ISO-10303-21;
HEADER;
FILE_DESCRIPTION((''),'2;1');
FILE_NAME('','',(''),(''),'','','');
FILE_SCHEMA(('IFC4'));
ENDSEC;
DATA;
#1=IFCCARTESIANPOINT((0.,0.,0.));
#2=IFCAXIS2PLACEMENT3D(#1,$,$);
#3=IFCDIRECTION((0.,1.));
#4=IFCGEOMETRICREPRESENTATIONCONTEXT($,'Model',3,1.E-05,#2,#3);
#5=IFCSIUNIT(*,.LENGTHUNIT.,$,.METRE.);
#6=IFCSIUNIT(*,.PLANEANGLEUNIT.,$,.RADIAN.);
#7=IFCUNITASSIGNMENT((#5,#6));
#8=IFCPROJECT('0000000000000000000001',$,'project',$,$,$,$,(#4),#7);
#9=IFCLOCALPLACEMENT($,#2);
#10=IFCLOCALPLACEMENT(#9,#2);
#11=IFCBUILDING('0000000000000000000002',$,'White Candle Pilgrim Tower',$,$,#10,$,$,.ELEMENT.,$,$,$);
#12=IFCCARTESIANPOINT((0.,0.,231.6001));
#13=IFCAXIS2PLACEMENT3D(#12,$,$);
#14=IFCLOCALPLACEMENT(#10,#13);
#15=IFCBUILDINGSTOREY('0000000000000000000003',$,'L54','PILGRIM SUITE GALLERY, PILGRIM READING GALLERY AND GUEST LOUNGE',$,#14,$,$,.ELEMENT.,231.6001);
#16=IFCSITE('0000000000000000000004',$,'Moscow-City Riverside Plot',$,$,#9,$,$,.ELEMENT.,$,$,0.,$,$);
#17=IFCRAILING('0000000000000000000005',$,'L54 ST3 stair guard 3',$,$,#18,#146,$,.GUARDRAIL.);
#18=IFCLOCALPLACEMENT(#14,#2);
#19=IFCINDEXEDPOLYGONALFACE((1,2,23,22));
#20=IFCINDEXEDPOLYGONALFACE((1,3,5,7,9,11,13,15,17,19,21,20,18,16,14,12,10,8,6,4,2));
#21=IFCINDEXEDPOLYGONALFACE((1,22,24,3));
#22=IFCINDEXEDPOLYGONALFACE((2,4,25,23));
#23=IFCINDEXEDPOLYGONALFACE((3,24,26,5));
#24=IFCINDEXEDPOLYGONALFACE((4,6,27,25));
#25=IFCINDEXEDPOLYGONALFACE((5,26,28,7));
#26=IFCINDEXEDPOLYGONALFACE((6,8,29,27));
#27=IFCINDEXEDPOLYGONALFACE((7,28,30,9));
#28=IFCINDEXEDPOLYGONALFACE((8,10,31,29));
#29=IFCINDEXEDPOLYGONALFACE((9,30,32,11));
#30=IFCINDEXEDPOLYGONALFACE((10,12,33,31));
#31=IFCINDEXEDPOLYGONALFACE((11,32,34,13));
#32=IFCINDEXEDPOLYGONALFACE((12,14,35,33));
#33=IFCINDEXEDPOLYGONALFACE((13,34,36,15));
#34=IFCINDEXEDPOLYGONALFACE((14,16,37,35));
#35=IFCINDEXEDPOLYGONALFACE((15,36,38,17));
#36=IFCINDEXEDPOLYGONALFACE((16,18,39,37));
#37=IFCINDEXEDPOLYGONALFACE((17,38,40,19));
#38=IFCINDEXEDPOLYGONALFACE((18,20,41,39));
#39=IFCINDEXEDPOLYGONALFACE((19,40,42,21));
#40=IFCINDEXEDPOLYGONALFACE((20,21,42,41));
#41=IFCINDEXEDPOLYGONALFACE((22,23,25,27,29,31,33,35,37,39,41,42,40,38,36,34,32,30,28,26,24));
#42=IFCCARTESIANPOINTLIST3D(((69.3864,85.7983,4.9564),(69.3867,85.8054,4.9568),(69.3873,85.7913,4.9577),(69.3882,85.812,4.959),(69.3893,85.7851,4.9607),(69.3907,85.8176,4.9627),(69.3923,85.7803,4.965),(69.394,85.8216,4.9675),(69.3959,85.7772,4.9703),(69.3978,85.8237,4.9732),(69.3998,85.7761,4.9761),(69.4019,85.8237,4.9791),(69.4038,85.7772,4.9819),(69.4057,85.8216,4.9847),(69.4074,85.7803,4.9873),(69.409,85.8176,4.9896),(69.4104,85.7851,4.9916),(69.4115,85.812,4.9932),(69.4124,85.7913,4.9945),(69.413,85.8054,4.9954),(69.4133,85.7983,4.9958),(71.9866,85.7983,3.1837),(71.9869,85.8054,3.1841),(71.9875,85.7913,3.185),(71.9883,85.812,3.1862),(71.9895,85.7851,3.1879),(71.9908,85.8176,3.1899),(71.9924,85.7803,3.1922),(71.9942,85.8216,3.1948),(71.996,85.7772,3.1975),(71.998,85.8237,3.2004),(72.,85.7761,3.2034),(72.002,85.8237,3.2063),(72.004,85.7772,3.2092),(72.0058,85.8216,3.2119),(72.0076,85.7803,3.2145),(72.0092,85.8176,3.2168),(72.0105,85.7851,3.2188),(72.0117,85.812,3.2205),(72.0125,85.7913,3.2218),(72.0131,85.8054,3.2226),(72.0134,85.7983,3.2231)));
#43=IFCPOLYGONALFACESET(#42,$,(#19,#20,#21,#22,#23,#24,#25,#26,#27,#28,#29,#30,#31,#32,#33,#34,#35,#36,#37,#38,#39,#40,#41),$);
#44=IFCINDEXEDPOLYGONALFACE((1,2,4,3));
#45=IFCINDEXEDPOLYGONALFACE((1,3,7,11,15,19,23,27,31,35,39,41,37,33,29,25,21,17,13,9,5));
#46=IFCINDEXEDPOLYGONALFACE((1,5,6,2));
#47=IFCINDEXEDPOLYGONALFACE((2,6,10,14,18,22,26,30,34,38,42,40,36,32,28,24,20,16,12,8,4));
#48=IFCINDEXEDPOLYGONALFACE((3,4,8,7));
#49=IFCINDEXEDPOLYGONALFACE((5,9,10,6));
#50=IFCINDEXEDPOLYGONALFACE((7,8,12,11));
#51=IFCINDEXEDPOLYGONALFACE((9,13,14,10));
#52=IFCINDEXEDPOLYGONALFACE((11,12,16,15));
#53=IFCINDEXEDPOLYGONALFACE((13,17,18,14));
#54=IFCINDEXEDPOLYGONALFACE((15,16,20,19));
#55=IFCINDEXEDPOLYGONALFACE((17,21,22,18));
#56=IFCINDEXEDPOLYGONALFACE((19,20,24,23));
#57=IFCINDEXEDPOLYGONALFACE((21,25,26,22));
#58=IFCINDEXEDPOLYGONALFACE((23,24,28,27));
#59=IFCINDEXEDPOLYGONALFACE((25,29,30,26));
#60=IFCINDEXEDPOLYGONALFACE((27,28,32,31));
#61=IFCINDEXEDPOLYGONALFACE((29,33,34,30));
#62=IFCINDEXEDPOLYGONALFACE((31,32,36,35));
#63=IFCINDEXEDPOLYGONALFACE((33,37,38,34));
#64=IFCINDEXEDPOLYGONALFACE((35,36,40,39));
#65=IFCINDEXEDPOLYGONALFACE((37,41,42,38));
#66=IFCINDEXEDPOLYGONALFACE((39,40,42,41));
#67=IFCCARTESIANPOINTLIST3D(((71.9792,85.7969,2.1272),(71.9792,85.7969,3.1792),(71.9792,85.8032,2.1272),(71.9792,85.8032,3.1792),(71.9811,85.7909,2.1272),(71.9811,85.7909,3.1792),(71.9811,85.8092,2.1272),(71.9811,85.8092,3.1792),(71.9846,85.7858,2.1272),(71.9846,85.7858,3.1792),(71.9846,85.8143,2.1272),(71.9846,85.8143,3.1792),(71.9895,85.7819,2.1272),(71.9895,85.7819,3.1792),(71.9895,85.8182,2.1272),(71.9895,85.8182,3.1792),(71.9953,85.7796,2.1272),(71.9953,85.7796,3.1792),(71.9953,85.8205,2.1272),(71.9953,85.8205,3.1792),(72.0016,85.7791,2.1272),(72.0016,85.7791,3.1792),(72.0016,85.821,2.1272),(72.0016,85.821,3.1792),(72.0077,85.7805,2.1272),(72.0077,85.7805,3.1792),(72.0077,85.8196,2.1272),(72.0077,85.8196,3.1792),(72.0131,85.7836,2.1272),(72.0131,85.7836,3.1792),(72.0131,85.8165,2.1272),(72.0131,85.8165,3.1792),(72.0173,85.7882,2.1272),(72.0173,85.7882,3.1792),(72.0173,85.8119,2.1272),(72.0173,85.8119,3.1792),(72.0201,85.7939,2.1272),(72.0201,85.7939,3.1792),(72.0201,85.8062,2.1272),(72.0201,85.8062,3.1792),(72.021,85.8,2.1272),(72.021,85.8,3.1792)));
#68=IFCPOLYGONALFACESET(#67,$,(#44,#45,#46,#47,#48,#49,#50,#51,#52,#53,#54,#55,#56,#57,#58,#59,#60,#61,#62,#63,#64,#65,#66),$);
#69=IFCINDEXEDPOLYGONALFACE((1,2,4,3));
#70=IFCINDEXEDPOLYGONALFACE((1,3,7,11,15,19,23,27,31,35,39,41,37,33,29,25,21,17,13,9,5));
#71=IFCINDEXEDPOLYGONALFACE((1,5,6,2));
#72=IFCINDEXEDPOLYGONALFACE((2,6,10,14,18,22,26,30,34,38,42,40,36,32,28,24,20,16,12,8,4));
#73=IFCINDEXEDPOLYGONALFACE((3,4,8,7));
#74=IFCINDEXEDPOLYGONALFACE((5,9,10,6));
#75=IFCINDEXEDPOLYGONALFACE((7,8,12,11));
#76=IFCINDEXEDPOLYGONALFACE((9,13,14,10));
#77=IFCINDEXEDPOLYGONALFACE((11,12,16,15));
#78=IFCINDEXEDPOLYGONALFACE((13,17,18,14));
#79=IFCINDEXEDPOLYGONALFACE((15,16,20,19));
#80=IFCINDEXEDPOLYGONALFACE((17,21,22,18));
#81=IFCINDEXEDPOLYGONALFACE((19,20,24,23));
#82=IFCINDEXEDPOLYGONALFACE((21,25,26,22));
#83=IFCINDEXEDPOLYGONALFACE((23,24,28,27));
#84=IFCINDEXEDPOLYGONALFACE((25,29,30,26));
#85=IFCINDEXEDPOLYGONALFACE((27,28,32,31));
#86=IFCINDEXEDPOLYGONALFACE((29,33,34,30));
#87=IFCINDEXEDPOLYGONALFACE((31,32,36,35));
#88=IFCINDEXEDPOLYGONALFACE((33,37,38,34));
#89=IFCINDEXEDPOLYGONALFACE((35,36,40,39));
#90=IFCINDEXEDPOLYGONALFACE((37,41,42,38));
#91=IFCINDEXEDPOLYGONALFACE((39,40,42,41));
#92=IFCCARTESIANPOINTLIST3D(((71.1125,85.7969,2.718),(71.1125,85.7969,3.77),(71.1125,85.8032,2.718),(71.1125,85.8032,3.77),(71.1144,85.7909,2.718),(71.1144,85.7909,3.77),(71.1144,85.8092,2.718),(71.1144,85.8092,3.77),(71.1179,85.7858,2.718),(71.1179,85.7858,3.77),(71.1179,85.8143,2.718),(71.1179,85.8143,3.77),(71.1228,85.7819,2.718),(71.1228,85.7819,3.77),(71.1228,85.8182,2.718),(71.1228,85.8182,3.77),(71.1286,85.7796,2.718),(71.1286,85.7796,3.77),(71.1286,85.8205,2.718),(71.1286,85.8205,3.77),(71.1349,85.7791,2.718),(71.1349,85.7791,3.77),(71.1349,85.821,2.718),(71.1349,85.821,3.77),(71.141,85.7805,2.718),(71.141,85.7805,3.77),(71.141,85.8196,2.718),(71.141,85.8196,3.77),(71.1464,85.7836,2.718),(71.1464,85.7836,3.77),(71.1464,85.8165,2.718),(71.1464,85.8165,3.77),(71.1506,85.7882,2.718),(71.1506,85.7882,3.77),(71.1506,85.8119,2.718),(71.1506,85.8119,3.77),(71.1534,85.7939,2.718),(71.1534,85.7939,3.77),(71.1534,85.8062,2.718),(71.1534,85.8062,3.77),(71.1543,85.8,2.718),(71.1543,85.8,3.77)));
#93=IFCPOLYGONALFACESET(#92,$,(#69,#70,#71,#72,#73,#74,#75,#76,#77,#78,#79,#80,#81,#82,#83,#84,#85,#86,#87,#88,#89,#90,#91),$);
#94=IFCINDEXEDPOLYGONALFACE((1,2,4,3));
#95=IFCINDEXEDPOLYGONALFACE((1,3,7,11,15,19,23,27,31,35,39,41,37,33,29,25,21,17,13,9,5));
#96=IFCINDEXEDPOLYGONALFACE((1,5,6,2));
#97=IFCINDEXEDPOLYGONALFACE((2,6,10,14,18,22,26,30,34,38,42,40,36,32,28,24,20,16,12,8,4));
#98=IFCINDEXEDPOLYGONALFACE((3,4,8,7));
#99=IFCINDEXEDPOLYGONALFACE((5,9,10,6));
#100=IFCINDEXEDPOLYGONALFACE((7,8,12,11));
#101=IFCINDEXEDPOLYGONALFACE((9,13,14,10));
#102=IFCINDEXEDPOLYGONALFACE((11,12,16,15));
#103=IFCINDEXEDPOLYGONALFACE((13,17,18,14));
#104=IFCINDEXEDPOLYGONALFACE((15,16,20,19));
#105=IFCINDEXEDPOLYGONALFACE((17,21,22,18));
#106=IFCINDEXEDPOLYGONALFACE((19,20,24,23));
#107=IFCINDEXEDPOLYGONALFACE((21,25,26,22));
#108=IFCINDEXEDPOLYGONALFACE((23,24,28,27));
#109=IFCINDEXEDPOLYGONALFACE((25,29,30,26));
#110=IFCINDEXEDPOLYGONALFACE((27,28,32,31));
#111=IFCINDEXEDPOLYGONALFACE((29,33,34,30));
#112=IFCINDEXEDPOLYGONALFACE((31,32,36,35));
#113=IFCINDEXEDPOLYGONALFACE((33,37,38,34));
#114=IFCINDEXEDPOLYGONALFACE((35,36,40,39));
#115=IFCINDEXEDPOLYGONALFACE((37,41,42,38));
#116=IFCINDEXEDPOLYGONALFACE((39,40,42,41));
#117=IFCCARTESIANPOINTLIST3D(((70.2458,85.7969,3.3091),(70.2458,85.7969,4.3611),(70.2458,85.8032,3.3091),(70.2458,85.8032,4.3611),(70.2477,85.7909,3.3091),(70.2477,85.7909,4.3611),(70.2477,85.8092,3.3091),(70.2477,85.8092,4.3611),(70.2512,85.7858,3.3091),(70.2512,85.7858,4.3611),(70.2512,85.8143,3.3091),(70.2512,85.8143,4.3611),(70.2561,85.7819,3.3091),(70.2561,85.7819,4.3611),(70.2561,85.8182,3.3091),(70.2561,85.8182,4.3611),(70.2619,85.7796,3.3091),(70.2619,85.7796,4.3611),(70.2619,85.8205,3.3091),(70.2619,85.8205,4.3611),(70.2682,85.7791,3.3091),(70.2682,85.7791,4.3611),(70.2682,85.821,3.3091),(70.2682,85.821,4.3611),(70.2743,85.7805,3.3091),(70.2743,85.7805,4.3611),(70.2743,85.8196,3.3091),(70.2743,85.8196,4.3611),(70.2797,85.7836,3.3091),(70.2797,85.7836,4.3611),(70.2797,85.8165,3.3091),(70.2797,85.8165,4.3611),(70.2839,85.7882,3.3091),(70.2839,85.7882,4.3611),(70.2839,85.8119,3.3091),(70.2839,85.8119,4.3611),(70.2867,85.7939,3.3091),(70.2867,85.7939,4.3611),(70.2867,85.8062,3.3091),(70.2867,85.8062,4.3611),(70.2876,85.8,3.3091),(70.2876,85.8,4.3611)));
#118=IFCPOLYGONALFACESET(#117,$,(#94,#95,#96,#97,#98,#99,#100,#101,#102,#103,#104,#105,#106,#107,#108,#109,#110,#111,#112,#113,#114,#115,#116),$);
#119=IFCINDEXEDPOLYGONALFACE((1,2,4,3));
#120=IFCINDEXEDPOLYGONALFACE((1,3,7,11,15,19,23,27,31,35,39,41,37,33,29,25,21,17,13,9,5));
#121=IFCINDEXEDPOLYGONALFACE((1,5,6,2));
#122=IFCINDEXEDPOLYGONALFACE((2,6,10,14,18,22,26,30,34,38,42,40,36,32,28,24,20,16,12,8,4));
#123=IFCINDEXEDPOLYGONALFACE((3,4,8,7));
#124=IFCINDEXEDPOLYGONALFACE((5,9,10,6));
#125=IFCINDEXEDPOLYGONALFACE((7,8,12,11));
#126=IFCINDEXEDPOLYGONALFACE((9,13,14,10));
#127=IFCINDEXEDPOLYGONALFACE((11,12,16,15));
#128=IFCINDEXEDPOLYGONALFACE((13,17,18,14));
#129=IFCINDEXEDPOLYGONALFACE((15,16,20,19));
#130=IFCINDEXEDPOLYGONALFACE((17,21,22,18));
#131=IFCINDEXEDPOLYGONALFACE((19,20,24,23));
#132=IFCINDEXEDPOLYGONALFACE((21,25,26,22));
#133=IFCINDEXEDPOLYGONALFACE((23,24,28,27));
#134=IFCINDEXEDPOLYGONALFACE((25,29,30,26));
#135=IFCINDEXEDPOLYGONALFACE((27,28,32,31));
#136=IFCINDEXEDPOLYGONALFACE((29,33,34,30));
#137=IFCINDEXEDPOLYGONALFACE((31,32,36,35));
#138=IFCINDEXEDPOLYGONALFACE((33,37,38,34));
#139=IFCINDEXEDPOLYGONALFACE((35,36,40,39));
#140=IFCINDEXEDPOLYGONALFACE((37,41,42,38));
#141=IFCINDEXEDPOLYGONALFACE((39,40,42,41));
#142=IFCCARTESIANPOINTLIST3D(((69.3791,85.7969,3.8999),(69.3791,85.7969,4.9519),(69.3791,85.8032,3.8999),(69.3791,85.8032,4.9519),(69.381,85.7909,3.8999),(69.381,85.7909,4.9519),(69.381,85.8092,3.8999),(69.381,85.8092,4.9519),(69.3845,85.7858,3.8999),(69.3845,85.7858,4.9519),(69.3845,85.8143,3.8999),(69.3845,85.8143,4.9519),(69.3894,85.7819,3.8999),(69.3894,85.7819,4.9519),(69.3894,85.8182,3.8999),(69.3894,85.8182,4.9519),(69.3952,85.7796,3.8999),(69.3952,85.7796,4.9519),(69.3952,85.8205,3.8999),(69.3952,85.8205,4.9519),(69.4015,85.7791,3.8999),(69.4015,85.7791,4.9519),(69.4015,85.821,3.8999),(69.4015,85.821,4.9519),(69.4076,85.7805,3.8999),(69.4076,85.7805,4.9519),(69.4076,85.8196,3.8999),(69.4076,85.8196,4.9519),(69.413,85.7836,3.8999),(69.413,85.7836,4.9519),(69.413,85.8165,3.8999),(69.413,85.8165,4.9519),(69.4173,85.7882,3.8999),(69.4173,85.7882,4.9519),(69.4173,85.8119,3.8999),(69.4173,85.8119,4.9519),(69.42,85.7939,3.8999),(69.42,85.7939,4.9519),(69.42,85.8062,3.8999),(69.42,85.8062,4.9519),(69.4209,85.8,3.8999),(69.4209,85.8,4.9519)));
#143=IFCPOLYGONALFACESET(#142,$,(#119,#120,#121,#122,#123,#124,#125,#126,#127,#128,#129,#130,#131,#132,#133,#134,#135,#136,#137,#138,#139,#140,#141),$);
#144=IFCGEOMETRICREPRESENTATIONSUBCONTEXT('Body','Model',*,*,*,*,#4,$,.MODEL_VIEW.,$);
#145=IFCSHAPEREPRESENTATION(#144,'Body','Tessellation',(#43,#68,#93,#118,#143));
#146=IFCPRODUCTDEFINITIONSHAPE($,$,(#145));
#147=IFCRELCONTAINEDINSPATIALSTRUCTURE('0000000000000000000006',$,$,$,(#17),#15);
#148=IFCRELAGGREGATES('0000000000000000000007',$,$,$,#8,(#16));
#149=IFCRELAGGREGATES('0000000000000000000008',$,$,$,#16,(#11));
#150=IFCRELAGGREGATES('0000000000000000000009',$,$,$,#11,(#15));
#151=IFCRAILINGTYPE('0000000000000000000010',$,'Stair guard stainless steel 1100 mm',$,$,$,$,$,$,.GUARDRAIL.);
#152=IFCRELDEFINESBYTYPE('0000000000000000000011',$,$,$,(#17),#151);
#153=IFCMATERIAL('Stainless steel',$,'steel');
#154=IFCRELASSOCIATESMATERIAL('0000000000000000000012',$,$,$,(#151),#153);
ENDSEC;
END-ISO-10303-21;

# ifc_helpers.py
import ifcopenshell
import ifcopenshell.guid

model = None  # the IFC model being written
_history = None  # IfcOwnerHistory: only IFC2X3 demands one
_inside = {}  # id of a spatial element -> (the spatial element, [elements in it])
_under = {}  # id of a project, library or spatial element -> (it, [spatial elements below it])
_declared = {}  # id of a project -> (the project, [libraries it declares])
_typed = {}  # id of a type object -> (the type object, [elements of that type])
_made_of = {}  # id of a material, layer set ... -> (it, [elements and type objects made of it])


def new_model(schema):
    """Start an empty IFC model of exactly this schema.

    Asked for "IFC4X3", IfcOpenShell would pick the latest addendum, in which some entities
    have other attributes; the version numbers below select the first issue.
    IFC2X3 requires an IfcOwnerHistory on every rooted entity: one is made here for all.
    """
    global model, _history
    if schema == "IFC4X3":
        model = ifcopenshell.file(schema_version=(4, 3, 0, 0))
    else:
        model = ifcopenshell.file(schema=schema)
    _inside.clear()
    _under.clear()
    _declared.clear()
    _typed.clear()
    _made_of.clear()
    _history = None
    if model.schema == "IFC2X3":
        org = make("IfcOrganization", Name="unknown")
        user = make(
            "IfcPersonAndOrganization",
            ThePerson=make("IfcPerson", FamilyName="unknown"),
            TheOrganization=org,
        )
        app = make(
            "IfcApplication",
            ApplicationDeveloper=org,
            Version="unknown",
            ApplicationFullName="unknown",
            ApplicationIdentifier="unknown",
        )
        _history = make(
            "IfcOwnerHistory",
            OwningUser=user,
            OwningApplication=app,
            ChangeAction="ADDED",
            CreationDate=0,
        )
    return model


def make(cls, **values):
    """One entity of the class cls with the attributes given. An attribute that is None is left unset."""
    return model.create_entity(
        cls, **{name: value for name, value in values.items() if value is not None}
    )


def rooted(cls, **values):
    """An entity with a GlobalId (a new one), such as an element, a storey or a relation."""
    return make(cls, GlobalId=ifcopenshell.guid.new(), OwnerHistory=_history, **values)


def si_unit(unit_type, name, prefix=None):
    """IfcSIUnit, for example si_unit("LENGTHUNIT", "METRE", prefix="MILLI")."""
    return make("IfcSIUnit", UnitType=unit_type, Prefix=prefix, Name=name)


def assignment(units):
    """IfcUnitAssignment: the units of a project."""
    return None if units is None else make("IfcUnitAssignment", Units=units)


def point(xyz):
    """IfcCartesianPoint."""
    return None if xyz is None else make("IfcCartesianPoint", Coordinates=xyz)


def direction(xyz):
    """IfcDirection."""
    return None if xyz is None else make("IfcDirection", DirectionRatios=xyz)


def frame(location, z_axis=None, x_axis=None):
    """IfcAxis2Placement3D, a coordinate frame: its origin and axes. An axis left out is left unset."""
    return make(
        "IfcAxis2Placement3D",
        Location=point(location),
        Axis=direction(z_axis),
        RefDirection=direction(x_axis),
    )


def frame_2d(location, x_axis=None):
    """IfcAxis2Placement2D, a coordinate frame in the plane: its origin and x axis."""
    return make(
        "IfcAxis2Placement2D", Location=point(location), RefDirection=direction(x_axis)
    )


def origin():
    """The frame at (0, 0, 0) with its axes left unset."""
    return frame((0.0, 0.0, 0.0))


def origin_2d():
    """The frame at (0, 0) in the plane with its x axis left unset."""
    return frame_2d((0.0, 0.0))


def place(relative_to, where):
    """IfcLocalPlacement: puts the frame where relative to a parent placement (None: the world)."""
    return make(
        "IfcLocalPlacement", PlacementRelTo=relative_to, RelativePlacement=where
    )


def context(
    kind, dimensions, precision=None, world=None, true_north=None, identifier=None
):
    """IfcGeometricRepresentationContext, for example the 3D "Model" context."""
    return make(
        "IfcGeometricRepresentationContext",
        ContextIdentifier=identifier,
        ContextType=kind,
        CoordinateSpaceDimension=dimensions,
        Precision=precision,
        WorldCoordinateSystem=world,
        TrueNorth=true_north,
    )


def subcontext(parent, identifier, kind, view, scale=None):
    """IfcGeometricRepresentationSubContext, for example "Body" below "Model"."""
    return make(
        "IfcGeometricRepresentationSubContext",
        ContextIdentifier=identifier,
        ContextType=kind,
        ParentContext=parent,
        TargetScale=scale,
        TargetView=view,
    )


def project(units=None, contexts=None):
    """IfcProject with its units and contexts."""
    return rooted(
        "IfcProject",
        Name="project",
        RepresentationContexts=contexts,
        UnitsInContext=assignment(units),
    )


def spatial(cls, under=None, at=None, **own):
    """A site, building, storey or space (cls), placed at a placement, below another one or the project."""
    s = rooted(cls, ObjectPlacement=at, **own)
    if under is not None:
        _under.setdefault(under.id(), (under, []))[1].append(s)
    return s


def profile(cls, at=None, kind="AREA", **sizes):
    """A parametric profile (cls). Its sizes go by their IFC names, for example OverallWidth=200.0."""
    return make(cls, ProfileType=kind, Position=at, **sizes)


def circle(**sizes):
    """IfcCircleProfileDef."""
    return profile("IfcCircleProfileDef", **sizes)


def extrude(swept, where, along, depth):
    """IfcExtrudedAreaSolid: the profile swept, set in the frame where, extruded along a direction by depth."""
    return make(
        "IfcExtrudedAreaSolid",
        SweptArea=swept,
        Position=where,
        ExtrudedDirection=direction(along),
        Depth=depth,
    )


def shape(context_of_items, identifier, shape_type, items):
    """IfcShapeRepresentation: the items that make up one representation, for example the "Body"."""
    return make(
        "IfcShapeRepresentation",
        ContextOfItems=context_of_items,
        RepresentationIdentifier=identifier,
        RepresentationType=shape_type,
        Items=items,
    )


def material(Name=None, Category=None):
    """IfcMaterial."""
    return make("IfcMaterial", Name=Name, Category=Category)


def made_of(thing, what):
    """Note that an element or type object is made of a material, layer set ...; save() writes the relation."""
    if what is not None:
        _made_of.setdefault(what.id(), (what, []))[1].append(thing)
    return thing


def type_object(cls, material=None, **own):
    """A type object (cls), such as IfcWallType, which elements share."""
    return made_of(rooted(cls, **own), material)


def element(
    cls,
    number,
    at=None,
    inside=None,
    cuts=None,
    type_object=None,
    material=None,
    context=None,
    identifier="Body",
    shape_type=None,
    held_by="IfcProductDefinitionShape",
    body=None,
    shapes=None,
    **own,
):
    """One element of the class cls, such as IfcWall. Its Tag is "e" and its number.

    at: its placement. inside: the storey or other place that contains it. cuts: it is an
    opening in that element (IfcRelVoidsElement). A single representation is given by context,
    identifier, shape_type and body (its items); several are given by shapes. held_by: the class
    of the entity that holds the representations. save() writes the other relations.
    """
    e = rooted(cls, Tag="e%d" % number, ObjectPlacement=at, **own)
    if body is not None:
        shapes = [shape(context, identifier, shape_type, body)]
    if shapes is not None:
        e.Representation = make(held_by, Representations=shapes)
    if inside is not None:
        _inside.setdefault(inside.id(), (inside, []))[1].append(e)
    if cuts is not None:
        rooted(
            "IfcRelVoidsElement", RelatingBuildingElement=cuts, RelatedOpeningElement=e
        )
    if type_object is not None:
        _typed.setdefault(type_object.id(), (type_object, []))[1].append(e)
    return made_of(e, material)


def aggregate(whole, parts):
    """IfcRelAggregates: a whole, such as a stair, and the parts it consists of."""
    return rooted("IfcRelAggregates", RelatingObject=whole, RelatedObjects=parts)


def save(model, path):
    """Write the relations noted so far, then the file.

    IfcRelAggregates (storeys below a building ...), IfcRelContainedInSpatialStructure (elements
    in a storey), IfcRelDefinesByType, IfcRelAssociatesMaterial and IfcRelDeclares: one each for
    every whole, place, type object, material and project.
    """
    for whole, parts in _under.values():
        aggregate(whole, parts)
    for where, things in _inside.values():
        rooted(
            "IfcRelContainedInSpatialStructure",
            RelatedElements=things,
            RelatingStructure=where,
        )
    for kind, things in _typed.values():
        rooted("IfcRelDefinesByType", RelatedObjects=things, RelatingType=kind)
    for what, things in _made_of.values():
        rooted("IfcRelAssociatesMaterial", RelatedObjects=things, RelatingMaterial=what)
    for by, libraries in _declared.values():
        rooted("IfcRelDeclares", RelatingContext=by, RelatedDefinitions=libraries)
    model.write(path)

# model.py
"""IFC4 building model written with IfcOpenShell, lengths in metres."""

from ifc_helpers import new_model, si_unit, direction, frame, origin, origin_2d, place, context, subcontext, project, spatial, circle, extrude, material, type_object, element, save


model = new_model("IFC4")

# Units and contexts
model_context = context("Model", 3, precision=1e-05, world=origin(), true_north=direction((0.0, 1.0)))
body_context = subcontext(model_context, "Body", "Model", "MODEL_VIEW")
ifc_project = project(units=[si_unit("LENGTHUNIT", "METRE"), si_unit("PLANEANGLEUNIT", "RADIAN")], contexts=[model_context])

# Site, building, storey
site_placement = place(None, origin())
site = spatial("IfcSite", under=ifc_project, at=site_placement, Name="Moscow-City Riverside Plot", CompositionType="ELEMENT", RefElevation=0.0)
building_placement = place(site_placement, origin())
building = spatial("IfcBuilding", under=site, at=building_placement, Name="White Candle Pilgrim Tower", CompositionType="ELEMENT")
storey_placement = place(building_placement, frame((0.0, 0.0, 231.6001)))
storey = spatial("IfcBuildingStorey", under=building, at=storey_placement, Name="L54", Description="PILGRIM SUITE GALLERY, PILGRIM READING GALLERY AND GUEST LOUNGE", CompositionType="ELEMENT", Elevation=231.6001)

# Railing
ifc_material_1 = material(Name="Stainless steel", Category="steel")
railing_type_1 = type_object("IfcRailingType", Name="Stair guard stainless steel 1100 mm", PredefinedType="GUARDRAIL", material=ifc_material_1)
railing_1_placement = place(storey_placement, frame((72.0, 85.8, 2.1272)))
element("IfcRailing", 1, at=railing_1_placement, inside=storey, type_object=railing_type_1, Name="L54 ST3 stair guard 3", PredefinedType="GUARDRAIL", context=body_context, shape_type="SweptSolid", body=[
    extrude(circle(Radius=0.0239, at=origin_2d()), frame((0.0, 0.0, 1.0762), z_axis=(-0.82624, 0.0, 0.563318), x_axis=(0.0, -1.0, 0.0)), (0.0, 0.0, 1.0), 3.147),
    extrude(circle(Radius=0.021, at=origin_2d()), origin(), (0.0, 0.0, 1.0), 1.052),
    extrude(circle(Radius=0.021, at=origin_2d()), frame((-0.8667, 0.0, 0.5908)), (0.0, 0.0, 1.0), 1.052),
    extrude(circle(Radius=0.021, at=origin_2d()), frame((-1.7334, 0.0, 1.1819)), (0.0, 0.0, 1.0), 1.052),
    extrude(circle(Radius=0.021, at=origin_2d()), frame((-2.6001, 0.0, 1.7727)), (0.0, 0.0, 1.0), 1.052),
])

save(model, "model.ifc")
